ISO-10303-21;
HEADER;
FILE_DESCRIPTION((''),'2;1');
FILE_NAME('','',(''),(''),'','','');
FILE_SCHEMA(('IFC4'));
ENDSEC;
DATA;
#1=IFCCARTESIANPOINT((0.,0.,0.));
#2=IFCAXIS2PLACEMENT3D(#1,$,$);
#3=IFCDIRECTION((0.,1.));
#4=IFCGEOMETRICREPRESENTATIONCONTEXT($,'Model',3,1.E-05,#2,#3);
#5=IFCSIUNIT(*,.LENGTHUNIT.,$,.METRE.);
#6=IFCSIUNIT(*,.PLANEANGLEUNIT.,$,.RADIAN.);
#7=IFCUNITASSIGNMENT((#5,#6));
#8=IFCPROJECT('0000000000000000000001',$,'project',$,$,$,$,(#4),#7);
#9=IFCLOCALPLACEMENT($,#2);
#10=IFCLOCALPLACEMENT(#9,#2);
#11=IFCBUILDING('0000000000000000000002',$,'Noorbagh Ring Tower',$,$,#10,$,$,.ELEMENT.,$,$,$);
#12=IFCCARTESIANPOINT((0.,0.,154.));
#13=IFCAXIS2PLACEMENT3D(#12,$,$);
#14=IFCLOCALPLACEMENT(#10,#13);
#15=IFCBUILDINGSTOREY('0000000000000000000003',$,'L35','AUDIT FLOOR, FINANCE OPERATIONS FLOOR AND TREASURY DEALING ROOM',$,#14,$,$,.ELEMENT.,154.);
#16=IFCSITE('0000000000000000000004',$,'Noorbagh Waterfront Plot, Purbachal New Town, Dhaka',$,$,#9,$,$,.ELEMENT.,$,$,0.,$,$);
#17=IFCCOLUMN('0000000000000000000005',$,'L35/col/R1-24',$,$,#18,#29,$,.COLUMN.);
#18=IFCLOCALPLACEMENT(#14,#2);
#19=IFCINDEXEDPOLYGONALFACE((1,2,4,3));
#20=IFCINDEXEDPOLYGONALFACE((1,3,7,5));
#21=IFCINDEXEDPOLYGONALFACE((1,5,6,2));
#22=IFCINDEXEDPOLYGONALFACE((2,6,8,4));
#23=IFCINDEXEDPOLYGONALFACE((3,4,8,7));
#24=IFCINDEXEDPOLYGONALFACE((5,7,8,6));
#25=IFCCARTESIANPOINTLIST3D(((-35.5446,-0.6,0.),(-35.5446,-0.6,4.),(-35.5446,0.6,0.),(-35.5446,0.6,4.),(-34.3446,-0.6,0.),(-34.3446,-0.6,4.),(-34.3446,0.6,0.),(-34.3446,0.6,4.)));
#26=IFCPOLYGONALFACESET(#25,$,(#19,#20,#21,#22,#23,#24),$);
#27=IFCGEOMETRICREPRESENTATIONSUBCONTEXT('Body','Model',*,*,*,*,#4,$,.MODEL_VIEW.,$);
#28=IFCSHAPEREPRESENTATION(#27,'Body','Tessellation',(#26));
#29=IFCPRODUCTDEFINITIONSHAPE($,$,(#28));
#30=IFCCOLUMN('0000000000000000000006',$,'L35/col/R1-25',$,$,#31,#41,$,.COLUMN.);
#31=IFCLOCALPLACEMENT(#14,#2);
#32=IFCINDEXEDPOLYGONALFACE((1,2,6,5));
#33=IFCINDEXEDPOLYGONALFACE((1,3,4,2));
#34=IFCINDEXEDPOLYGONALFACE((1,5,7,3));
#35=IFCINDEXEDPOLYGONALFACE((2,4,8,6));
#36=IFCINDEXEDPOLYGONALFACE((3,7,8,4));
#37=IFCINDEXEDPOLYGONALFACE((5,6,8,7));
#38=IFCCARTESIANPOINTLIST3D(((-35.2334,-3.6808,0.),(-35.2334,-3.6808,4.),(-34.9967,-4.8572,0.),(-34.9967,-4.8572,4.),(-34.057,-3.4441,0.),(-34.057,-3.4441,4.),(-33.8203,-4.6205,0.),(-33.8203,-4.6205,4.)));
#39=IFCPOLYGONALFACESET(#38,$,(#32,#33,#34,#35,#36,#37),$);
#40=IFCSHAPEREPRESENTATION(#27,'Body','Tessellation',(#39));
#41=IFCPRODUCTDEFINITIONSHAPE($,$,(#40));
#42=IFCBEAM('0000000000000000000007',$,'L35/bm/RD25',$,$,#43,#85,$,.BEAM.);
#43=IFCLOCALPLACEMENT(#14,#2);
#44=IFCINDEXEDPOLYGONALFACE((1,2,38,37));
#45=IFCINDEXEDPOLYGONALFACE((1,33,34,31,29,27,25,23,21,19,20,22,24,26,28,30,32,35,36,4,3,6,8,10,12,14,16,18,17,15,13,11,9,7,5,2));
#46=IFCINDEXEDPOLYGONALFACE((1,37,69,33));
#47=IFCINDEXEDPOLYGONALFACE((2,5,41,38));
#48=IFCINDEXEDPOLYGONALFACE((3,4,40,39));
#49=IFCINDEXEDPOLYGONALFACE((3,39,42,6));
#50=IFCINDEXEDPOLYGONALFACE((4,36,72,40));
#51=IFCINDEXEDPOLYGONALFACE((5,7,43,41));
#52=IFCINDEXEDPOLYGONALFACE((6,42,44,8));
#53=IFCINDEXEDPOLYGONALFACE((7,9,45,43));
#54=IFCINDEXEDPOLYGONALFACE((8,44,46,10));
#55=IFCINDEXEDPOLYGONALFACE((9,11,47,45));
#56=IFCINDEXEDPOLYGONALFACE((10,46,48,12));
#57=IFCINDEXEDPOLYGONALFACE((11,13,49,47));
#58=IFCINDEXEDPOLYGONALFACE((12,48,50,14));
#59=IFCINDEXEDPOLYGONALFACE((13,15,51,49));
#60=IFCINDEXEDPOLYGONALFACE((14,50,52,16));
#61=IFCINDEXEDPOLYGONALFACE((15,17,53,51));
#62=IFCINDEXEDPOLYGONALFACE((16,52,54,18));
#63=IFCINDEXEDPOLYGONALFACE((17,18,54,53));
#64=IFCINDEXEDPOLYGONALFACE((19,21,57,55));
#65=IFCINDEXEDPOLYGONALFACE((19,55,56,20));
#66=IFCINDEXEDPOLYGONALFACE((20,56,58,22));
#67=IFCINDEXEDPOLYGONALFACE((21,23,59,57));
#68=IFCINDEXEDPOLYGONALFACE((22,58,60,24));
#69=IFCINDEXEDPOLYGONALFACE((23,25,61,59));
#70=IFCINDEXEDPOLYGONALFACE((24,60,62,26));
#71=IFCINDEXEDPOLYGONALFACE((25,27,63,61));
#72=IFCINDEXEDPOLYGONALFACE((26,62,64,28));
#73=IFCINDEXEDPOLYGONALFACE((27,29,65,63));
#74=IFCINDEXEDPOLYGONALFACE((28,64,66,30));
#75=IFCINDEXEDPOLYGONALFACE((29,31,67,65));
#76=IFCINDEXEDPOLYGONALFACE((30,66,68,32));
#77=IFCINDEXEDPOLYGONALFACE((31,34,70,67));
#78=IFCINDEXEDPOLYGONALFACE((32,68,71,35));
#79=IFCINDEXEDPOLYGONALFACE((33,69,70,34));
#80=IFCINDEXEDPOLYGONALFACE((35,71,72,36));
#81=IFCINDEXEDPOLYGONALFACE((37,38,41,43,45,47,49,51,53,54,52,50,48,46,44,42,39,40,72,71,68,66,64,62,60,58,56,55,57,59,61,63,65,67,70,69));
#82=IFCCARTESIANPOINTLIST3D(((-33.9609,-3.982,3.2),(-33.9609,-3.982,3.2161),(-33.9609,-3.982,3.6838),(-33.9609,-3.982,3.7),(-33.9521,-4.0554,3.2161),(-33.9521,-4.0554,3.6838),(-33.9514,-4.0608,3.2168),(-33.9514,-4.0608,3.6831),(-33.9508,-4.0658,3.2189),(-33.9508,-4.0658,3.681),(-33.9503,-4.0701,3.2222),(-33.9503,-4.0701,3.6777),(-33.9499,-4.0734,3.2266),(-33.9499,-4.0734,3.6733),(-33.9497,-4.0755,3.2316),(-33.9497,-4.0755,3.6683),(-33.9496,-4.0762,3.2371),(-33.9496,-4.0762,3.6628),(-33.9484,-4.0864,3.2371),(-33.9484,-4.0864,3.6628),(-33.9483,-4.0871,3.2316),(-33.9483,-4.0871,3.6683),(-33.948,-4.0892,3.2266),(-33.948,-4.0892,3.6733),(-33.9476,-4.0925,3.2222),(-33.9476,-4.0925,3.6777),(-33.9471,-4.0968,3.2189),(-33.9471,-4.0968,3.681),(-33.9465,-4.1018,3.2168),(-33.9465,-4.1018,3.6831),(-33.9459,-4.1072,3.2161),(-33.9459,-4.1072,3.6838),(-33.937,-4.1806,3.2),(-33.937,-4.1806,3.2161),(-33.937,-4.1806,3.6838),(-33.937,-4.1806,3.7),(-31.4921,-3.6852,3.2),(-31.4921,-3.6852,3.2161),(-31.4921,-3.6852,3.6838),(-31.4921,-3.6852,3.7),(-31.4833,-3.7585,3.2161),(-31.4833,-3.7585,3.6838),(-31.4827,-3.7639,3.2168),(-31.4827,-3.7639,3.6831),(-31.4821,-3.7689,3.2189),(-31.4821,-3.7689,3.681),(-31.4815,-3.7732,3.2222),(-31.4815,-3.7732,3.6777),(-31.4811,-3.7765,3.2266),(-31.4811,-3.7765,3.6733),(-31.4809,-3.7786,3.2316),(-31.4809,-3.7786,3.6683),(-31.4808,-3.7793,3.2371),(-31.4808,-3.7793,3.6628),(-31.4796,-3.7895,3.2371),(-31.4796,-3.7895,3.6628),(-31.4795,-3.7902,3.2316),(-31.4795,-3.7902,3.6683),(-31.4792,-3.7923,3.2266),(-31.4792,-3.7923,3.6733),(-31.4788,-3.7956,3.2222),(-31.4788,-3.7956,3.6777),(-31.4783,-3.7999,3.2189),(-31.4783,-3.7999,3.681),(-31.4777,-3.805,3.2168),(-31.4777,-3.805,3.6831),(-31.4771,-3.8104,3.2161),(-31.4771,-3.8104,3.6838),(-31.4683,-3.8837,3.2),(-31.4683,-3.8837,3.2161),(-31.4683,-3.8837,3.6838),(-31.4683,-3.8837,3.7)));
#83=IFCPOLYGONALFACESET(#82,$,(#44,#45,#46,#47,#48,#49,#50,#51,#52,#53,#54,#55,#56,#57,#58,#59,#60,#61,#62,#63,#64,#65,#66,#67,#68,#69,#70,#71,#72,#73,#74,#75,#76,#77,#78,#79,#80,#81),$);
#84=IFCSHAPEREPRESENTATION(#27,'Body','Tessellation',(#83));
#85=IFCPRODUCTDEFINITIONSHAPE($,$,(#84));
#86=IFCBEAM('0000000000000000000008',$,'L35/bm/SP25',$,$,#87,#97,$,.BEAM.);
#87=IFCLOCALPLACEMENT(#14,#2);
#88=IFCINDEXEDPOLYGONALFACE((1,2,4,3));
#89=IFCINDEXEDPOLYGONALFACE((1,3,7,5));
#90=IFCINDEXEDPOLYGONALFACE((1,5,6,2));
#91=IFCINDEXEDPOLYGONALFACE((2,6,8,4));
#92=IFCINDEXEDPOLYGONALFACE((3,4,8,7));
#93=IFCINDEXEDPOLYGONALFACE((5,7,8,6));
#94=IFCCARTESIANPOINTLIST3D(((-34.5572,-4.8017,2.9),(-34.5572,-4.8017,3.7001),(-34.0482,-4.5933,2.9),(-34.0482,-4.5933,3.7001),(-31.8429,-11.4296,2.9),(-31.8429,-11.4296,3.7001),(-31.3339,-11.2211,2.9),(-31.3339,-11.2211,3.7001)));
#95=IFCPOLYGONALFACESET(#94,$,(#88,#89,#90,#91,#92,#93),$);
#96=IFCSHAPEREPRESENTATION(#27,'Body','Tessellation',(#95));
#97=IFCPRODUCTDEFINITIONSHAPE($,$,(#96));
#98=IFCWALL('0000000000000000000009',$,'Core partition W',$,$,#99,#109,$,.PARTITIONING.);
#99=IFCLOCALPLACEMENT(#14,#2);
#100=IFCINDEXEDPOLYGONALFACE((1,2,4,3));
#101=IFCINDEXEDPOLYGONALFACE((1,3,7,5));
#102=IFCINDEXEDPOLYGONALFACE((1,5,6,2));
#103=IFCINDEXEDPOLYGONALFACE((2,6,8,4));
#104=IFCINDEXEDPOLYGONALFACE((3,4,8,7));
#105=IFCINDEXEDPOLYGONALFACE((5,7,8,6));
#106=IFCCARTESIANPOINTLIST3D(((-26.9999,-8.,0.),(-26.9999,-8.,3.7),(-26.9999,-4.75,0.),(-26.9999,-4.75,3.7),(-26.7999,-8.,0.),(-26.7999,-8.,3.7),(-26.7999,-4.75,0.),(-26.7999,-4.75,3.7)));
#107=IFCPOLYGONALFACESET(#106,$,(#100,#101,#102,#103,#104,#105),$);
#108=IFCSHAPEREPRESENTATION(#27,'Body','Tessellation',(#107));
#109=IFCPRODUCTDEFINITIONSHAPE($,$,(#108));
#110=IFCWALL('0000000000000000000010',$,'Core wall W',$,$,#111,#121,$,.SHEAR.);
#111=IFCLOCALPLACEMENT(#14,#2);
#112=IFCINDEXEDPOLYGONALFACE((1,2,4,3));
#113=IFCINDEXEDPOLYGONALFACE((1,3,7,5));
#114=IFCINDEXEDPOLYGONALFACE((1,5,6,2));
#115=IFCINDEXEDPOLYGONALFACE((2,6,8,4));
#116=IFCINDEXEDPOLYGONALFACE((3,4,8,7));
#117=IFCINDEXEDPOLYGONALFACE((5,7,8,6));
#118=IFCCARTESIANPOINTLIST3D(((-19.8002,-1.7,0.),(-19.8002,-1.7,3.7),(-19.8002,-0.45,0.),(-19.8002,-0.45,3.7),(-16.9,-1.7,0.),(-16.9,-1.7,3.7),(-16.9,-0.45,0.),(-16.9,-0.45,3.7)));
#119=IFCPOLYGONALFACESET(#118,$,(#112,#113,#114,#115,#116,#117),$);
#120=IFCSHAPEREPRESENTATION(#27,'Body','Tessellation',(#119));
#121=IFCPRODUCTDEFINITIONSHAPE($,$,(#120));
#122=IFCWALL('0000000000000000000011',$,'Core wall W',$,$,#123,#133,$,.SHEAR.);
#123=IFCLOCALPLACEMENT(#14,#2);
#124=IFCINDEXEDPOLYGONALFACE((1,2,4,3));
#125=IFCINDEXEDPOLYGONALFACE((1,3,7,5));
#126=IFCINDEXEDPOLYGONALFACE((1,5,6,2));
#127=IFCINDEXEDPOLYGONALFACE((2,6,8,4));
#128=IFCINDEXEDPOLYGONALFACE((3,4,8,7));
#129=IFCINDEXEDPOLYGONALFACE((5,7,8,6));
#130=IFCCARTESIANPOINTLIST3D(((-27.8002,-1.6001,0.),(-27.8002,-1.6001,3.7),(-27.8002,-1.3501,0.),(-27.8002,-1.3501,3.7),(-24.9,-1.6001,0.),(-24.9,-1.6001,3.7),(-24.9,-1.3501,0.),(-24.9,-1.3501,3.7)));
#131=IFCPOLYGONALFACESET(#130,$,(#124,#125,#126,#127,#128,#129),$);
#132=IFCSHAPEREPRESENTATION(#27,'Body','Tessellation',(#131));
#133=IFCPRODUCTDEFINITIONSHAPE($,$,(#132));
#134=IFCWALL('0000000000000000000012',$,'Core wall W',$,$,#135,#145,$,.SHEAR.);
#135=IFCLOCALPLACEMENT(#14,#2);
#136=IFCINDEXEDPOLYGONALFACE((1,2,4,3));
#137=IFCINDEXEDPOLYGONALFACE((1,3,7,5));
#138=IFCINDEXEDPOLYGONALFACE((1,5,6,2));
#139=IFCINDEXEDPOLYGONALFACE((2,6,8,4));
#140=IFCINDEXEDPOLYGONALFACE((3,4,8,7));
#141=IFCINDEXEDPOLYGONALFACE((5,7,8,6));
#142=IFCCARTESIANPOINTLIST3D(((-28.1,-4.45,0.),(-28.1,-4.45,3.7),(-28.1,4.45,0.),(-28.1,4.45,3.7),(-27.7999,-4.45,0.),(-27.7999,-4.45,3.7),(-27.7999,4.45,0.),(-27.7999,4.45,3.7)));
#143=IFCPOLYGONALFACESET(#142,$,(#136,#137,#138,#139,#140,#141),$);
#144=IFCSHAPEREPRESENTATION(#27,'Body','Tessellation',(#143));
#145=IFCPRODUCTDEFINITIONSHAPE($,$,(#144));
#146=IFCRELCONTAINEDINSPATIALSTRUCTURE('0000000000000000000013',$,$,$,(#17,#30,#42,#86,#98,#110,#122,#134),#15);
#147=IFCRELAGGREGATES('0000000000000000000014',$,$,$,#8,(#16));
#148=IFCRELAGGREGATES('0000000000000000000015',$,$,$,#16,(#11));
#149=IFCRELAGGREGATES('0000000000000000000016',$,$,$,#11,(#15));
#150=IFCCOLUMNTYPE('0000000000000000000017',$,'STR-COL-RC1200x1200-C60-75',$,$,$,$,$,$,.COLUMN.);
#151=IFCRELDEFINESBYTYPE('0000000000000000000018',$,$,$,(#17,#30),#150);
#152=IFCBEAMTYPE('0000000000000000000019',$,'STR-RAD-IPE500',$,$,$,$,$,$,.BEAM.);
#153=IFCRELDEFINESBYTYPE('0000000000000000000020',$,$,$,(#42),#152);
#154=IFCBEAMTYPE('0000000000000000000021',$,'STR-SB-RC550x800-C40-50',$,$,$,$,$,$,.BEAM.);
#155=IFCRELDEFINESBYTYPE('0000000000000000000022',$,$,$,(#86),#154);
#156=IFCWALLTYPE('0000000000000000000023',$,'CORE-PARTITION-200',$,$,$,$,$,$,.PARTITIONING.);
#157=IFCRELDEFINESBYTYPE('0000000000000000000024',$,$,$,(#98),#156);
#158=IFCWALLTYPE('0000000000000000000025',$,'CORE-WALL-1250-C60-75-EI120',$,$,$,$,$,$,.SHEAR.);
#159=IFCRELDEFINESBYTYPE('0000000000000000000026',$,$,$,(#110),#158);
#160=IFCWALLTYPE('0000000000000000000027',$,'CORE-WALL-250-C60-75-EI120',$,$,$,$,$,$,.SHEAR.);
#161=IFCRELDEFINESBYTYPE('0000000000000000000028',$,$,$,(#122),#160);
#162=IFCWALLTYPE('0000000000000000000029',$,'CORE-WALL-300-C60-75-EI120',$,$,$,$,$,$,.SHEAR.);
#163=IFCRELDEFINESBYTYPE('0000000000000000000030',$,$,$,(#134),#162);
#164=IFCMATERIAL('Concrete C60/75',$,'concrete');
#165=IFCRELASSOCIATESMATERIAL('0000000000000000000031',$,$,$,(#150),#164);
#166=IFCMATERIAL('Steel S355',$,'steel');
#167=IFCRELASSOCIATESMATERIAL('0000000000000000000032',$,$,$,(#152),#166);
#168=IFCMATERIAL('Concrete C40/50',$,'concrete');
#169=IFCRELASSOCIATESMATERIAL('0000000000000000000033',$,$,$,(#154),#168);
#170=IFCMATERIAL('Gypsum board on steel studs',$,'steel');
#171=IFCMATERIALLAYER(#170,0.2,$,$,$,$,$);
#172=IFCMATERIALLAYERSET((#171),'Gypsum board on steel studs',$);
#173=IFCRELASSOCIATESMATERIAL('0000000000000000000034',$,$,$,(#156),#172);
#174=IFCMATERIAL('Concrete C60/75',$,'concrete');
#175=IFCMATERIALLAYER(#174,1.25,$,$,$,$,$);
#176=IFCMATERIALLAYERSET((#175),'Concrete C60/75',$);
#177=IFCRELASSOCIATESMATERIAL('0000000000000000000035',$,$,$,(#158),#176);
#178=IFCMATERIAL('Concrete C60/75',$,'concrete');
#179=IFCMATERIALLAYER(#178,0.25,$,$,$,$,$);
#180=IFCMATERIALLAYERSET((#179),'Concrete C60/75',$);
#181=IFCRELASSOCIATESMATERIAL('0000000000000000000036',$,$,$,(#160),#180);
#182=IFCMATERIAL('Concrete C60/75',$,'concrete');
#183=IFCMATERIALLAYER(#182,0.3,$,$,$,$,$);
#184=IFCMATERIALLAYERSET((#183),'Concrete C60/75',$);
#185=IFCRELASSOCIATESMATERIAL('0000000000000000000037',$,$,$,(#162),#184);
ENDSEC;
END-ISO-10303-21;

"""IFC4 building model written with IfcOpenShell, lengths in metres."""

from ifc_helpers import new_model, si_unit, direction, frame, frame_2d, origin, origin_2d, place, context, subcontext, project, spatial, rectangle, i_section, extrude, material, layer, layer_set, material_profile, profile_set, type_object, element, save


model = new_model("IFC4")

# Units and contexts
model_context = context("Model", 3, precision=1e-05, world=origin(), true_north=direction((0.0, 1.0)))
body_context = subcontext(model_context, "Body", "Model", "MODEL_VIEW")
ifc_project = project(units=[si_unit("LENGTHUNIT", "METRE"), si_unit("PLANEANGLEUNIT", "RADIAN")], contexts=[model_context])

# Site, building, storey
site_placement = place(None, origin())
site = spatial("IfcSite", under=ifc_project, at=site_placement, Name="Noorbagh Waterfront Plot, Purbachal New Town, Dhaka", CompositionType="ELEMENT", RefElevation=0.0)
building_placement = place(site_placement, origin())
building = spatial("IfcBuilding", under=site, at=building_placement, Name="Noorbagh Ring Tower", CompositionType="ELEMENT")
storey_placement = place(building_placement, frame((0.0, 0.0, 154.0)))
storey = spatial("IfcBuildingStorey", under=building, at=storey_placement, Name="L35", Description="AUDIT FLOOR, FINANCE OPERATIONS FLOOR AND TREASURY DEALING ROOM", CompositionType="ELEMENT", Elevation=154.0)

# Columns
ifc_material_1 = material(Name="Concrete C60/75", Category="concrete")
ifc_material_profile_1 = material_profile(ifc_material_1, rectangle(XDim=1.2, YDim=1.2, at=origin_2d()), Name="RC1200x1200")
ifc_profile_set_1 = profile_set([ifc_material_profile_1], Name="Concrete C60/75")
column_type = type_object("IfcColumnType", Name="STR-COL-RC1200x1200-C60-75", PredefinedType="COLUMN", material=ifc_profile_set_1)
for number, where, z_axis, x_axis, name in (
    (1, (-34.9446, 0.0, 0.0), (0.0, 0.0, 1.0), (0.0, -1.0, 0.0), "L35/col/R1-24"),
    (2, (-34.5269, -4.1506, 0.0), (0.0, 0.0, 1.0), (0.19723, -0.980357, 0.0), "L35/col/R1-25"),
):
    element("IfcColumn", number, at=place(storey_placement, frame(where, z_axis=z_axis, x_axis=x_axis)), inside=storey, type_object=column_type, Name=name, PredefinedType="COLUMN", context=body_context, shape_type="SweptSolid", body=[
        extrude(rectangle(XDim=1.2, YDim=1.2, at=origin_2d()), origin(), (0.0, 0.0, 1.0), 4.0),
    ])

# Beams
ifc_material_2 = material(Name="Steel S355", Category="steel")
ifc_material_profile_2 = material_profile(ifc_material_2, i_section(OverallWidth=0.2, OverallDepth=0.5, WebThickness=0.0103, FlangeThickness=0.0161, FilletRadius=0.021, at=origin_2d()), Name="IPE500")
ifc_profile_set_2 = profile_set([ifc_material_profile_2], Name="Steel S355")
beam_type_1 = type_object("IfcBeamType", Name="STR-RAD-IPE500", PredefinedType="BEAM", material=ifc_profile_set_2)
beam_1_placement = place(storey_placement, frame((-33.949, -4.0813, 3.45), z_axis=(0.992847, 0.119393, 0.0), x_axis=(-0.119393, 0.992847, 0.0)))
element("IfcBeam", 3, at=beam_1_placement, inside=storey, type_object=beam_type_1, Name="L35/bm/RD25", PredefinedType="BEAM", context=body_context, shape_type="SweptSolid", body=[
    extrude(i_section(OverallWidth=0.2, OverallDepth=0.5, WebThickness=0.0103, FlangeThickness=0.0161, FilletRadius=0.021, at=origin_2d()), origin(), (0.0, 0.0, 1.0), 2.4866),
])
ifc_material_3 = material(Name="Concrete C40/50", Category="concrete")
ifc_material_profile_3 = material_profile(ifc_material_3, rectangle(XDim=0.55, YDim=0.8, at=origin_2d()), Name="RC550x800")
ifc_profile_set_3 = profile_set([ifc_material_profile_3], Name="Concrete C40/50")
beam_type_2 = type_object("IfcBeamType", Name="STR-SB-RC550x800-C40-50", PredefinedType="BEAM", material=ifc_profile_set_3)
beam_2_placement = place(storey_placement, frame((-34.3027, -4.6975, 3.3), z_axis=(0.378983, -0.925404, 0.0), x_axis=(0.925404, 0.378983, 0.0)))
element("IfcBeam", 4, at=beam_2_placement, inside=storey, type_object=beam_type_2, Name="L35/bm/SP25", PredefinedType="BEAM", context=body_context, shape_type="SweptSolid", body=[
    extrude(rectangle(XDim=0.55, YDim=0.8, at=origin_2d()), origin(), (0.0, 0.0, 1.0), 7.1621),
])

# Walls
ifc_material_4 = material(Name="Gypsum board on steel studs", Category="steel")
ifc_layer_1 = layer(ifc_material_4, 0.2)
ifc_layer_set_1 = layer_set([ifc_layer_1], Name="Gypsum board on steel studs")
wall_type_1 = type_object("IfcWallType", Name="CORE-PARTITION-200", PredefinedType="PARTITIONING", material=ifc_layer_set_1)
wall_1_placement = place(storey_placement, frame((-26.8999, -8.0, 0.0), z_axis=(0.0, 0.0, 1.0), x_axis=(0.0, 1.0, 0.0)))
element("IfcWall", 5, at=wall_1_placement, inside=storey, type_object=wall_type_1, Name="Core partition W", PredefinedType="PARTITIONING", context=body_context, shape_type="SweptSolid", body=[
    extrude(rectangle(XDim=3.25, YDim=0.2, at=frame_2d((1.625, 0.0))), origin(), (0.0, 0.0, 1.0), 3.7),
])
ifc_material_5 = material(Name="Concrete C60/75", Category="concrete")
ifc_layer_2 = layer(ifc_material_5, 1.25)
ifc_layer_set_2 = layer_set([ifc_layer_2], Name="Concrete C60/75")
wall_type_2 = type_object("IfcWallType", Name="CORE-WALL-1250-C60-75-EI120", PredefinedType="SHEAR", material=ifc_layer_set_2)
wall_2_placement = place(storey_placement, frame((-16.8999, -1.075, 0.0), z_axis=(0.0, 0.0, 1.0), x_axis=(-1.0, 0.0, 0.0)))
element("IfcWall", 6, at=wall_2_placement, inside=storey, type_object=wall_type_2, Name="Core wall W", PredefinedType="SHEAR", context=body_context, shape_type="SweptSolid", body=[
    extrude(rectangle(XDim=2.9001, YDim=1.25, at=frame_2d((1.4502, 0.0))), origin(), (0.0, 0.0, 1.0), 3.7),
])
ifc_material_6 = material(Name="Concrete C60/75", Category="concrete")
ifc_layer_3 = layer(ifc_material_6, 0.25)
ifc_layer_set_3 = layer_set([ifc_layer_3], Name="Concrete C60/75")
wall_type_3 = type_object("IfcWallType", Name="CORE-WALL-250-C60-75-EI120", PredefinedType="SHEAR", material=ifc_layer_set_3)
wall_3_placement = place(storey_placement, frame((-24.8999, -1.4751, 0.0), z_axis=(0.0, 0.0, 1.0), x_axis=(-1.0, 0.0, 0.0)))
element("IfcWall", 7, at=wall_3_placement, inside=storey, type_object=wall_type_3, Name="Core wall W", PredefinedType="SHEAR", context=body_context, shape_type="SweptSolid", body=[
    extrude(rectangle(XDim=2.9001, YDim=0.25, at=frame_2d((1.4502, 0.0))), origin(), (0.0, 0.0, 1.0), 3.7),
])
ifc_material_7 = material(Name="Concrete C60/75", Category="concrete")
ifc_layer_4 = layer(ifc_material_7, 0.3)
ifc_layer_set_4 = layer_set([ifc_layer_4], Name="Concrete C60/75")
wall_type_4 = type_object("IfcWallType", Name="CORE-WALL-300-C60-75-EI120", PredefinedType="SHEAR", material=ifc_layer_set_4)
wall_4_placement = place(storey_placement, frame((-27.95, -4.45, 0.0), z_axis=(0.0, 0.0, 1.0), x_axis=(0.0, 1.0, 0.0)))
element("IfcWall", 8, at=wall_4_placement, inside=storey, type_object=wall_type_4, Name="Core wall W", PredefinedType="SHEAR", context=body_context, shape_type="SweptSolid", body=[
    extrude(rectangle(XDim=8.8999, YDim=0.3, at=frame_2d((4.45, 0.0))), origin(), (0.0, 0.0, 1.0), 3.7),
])

save(model, "model.ifc")
